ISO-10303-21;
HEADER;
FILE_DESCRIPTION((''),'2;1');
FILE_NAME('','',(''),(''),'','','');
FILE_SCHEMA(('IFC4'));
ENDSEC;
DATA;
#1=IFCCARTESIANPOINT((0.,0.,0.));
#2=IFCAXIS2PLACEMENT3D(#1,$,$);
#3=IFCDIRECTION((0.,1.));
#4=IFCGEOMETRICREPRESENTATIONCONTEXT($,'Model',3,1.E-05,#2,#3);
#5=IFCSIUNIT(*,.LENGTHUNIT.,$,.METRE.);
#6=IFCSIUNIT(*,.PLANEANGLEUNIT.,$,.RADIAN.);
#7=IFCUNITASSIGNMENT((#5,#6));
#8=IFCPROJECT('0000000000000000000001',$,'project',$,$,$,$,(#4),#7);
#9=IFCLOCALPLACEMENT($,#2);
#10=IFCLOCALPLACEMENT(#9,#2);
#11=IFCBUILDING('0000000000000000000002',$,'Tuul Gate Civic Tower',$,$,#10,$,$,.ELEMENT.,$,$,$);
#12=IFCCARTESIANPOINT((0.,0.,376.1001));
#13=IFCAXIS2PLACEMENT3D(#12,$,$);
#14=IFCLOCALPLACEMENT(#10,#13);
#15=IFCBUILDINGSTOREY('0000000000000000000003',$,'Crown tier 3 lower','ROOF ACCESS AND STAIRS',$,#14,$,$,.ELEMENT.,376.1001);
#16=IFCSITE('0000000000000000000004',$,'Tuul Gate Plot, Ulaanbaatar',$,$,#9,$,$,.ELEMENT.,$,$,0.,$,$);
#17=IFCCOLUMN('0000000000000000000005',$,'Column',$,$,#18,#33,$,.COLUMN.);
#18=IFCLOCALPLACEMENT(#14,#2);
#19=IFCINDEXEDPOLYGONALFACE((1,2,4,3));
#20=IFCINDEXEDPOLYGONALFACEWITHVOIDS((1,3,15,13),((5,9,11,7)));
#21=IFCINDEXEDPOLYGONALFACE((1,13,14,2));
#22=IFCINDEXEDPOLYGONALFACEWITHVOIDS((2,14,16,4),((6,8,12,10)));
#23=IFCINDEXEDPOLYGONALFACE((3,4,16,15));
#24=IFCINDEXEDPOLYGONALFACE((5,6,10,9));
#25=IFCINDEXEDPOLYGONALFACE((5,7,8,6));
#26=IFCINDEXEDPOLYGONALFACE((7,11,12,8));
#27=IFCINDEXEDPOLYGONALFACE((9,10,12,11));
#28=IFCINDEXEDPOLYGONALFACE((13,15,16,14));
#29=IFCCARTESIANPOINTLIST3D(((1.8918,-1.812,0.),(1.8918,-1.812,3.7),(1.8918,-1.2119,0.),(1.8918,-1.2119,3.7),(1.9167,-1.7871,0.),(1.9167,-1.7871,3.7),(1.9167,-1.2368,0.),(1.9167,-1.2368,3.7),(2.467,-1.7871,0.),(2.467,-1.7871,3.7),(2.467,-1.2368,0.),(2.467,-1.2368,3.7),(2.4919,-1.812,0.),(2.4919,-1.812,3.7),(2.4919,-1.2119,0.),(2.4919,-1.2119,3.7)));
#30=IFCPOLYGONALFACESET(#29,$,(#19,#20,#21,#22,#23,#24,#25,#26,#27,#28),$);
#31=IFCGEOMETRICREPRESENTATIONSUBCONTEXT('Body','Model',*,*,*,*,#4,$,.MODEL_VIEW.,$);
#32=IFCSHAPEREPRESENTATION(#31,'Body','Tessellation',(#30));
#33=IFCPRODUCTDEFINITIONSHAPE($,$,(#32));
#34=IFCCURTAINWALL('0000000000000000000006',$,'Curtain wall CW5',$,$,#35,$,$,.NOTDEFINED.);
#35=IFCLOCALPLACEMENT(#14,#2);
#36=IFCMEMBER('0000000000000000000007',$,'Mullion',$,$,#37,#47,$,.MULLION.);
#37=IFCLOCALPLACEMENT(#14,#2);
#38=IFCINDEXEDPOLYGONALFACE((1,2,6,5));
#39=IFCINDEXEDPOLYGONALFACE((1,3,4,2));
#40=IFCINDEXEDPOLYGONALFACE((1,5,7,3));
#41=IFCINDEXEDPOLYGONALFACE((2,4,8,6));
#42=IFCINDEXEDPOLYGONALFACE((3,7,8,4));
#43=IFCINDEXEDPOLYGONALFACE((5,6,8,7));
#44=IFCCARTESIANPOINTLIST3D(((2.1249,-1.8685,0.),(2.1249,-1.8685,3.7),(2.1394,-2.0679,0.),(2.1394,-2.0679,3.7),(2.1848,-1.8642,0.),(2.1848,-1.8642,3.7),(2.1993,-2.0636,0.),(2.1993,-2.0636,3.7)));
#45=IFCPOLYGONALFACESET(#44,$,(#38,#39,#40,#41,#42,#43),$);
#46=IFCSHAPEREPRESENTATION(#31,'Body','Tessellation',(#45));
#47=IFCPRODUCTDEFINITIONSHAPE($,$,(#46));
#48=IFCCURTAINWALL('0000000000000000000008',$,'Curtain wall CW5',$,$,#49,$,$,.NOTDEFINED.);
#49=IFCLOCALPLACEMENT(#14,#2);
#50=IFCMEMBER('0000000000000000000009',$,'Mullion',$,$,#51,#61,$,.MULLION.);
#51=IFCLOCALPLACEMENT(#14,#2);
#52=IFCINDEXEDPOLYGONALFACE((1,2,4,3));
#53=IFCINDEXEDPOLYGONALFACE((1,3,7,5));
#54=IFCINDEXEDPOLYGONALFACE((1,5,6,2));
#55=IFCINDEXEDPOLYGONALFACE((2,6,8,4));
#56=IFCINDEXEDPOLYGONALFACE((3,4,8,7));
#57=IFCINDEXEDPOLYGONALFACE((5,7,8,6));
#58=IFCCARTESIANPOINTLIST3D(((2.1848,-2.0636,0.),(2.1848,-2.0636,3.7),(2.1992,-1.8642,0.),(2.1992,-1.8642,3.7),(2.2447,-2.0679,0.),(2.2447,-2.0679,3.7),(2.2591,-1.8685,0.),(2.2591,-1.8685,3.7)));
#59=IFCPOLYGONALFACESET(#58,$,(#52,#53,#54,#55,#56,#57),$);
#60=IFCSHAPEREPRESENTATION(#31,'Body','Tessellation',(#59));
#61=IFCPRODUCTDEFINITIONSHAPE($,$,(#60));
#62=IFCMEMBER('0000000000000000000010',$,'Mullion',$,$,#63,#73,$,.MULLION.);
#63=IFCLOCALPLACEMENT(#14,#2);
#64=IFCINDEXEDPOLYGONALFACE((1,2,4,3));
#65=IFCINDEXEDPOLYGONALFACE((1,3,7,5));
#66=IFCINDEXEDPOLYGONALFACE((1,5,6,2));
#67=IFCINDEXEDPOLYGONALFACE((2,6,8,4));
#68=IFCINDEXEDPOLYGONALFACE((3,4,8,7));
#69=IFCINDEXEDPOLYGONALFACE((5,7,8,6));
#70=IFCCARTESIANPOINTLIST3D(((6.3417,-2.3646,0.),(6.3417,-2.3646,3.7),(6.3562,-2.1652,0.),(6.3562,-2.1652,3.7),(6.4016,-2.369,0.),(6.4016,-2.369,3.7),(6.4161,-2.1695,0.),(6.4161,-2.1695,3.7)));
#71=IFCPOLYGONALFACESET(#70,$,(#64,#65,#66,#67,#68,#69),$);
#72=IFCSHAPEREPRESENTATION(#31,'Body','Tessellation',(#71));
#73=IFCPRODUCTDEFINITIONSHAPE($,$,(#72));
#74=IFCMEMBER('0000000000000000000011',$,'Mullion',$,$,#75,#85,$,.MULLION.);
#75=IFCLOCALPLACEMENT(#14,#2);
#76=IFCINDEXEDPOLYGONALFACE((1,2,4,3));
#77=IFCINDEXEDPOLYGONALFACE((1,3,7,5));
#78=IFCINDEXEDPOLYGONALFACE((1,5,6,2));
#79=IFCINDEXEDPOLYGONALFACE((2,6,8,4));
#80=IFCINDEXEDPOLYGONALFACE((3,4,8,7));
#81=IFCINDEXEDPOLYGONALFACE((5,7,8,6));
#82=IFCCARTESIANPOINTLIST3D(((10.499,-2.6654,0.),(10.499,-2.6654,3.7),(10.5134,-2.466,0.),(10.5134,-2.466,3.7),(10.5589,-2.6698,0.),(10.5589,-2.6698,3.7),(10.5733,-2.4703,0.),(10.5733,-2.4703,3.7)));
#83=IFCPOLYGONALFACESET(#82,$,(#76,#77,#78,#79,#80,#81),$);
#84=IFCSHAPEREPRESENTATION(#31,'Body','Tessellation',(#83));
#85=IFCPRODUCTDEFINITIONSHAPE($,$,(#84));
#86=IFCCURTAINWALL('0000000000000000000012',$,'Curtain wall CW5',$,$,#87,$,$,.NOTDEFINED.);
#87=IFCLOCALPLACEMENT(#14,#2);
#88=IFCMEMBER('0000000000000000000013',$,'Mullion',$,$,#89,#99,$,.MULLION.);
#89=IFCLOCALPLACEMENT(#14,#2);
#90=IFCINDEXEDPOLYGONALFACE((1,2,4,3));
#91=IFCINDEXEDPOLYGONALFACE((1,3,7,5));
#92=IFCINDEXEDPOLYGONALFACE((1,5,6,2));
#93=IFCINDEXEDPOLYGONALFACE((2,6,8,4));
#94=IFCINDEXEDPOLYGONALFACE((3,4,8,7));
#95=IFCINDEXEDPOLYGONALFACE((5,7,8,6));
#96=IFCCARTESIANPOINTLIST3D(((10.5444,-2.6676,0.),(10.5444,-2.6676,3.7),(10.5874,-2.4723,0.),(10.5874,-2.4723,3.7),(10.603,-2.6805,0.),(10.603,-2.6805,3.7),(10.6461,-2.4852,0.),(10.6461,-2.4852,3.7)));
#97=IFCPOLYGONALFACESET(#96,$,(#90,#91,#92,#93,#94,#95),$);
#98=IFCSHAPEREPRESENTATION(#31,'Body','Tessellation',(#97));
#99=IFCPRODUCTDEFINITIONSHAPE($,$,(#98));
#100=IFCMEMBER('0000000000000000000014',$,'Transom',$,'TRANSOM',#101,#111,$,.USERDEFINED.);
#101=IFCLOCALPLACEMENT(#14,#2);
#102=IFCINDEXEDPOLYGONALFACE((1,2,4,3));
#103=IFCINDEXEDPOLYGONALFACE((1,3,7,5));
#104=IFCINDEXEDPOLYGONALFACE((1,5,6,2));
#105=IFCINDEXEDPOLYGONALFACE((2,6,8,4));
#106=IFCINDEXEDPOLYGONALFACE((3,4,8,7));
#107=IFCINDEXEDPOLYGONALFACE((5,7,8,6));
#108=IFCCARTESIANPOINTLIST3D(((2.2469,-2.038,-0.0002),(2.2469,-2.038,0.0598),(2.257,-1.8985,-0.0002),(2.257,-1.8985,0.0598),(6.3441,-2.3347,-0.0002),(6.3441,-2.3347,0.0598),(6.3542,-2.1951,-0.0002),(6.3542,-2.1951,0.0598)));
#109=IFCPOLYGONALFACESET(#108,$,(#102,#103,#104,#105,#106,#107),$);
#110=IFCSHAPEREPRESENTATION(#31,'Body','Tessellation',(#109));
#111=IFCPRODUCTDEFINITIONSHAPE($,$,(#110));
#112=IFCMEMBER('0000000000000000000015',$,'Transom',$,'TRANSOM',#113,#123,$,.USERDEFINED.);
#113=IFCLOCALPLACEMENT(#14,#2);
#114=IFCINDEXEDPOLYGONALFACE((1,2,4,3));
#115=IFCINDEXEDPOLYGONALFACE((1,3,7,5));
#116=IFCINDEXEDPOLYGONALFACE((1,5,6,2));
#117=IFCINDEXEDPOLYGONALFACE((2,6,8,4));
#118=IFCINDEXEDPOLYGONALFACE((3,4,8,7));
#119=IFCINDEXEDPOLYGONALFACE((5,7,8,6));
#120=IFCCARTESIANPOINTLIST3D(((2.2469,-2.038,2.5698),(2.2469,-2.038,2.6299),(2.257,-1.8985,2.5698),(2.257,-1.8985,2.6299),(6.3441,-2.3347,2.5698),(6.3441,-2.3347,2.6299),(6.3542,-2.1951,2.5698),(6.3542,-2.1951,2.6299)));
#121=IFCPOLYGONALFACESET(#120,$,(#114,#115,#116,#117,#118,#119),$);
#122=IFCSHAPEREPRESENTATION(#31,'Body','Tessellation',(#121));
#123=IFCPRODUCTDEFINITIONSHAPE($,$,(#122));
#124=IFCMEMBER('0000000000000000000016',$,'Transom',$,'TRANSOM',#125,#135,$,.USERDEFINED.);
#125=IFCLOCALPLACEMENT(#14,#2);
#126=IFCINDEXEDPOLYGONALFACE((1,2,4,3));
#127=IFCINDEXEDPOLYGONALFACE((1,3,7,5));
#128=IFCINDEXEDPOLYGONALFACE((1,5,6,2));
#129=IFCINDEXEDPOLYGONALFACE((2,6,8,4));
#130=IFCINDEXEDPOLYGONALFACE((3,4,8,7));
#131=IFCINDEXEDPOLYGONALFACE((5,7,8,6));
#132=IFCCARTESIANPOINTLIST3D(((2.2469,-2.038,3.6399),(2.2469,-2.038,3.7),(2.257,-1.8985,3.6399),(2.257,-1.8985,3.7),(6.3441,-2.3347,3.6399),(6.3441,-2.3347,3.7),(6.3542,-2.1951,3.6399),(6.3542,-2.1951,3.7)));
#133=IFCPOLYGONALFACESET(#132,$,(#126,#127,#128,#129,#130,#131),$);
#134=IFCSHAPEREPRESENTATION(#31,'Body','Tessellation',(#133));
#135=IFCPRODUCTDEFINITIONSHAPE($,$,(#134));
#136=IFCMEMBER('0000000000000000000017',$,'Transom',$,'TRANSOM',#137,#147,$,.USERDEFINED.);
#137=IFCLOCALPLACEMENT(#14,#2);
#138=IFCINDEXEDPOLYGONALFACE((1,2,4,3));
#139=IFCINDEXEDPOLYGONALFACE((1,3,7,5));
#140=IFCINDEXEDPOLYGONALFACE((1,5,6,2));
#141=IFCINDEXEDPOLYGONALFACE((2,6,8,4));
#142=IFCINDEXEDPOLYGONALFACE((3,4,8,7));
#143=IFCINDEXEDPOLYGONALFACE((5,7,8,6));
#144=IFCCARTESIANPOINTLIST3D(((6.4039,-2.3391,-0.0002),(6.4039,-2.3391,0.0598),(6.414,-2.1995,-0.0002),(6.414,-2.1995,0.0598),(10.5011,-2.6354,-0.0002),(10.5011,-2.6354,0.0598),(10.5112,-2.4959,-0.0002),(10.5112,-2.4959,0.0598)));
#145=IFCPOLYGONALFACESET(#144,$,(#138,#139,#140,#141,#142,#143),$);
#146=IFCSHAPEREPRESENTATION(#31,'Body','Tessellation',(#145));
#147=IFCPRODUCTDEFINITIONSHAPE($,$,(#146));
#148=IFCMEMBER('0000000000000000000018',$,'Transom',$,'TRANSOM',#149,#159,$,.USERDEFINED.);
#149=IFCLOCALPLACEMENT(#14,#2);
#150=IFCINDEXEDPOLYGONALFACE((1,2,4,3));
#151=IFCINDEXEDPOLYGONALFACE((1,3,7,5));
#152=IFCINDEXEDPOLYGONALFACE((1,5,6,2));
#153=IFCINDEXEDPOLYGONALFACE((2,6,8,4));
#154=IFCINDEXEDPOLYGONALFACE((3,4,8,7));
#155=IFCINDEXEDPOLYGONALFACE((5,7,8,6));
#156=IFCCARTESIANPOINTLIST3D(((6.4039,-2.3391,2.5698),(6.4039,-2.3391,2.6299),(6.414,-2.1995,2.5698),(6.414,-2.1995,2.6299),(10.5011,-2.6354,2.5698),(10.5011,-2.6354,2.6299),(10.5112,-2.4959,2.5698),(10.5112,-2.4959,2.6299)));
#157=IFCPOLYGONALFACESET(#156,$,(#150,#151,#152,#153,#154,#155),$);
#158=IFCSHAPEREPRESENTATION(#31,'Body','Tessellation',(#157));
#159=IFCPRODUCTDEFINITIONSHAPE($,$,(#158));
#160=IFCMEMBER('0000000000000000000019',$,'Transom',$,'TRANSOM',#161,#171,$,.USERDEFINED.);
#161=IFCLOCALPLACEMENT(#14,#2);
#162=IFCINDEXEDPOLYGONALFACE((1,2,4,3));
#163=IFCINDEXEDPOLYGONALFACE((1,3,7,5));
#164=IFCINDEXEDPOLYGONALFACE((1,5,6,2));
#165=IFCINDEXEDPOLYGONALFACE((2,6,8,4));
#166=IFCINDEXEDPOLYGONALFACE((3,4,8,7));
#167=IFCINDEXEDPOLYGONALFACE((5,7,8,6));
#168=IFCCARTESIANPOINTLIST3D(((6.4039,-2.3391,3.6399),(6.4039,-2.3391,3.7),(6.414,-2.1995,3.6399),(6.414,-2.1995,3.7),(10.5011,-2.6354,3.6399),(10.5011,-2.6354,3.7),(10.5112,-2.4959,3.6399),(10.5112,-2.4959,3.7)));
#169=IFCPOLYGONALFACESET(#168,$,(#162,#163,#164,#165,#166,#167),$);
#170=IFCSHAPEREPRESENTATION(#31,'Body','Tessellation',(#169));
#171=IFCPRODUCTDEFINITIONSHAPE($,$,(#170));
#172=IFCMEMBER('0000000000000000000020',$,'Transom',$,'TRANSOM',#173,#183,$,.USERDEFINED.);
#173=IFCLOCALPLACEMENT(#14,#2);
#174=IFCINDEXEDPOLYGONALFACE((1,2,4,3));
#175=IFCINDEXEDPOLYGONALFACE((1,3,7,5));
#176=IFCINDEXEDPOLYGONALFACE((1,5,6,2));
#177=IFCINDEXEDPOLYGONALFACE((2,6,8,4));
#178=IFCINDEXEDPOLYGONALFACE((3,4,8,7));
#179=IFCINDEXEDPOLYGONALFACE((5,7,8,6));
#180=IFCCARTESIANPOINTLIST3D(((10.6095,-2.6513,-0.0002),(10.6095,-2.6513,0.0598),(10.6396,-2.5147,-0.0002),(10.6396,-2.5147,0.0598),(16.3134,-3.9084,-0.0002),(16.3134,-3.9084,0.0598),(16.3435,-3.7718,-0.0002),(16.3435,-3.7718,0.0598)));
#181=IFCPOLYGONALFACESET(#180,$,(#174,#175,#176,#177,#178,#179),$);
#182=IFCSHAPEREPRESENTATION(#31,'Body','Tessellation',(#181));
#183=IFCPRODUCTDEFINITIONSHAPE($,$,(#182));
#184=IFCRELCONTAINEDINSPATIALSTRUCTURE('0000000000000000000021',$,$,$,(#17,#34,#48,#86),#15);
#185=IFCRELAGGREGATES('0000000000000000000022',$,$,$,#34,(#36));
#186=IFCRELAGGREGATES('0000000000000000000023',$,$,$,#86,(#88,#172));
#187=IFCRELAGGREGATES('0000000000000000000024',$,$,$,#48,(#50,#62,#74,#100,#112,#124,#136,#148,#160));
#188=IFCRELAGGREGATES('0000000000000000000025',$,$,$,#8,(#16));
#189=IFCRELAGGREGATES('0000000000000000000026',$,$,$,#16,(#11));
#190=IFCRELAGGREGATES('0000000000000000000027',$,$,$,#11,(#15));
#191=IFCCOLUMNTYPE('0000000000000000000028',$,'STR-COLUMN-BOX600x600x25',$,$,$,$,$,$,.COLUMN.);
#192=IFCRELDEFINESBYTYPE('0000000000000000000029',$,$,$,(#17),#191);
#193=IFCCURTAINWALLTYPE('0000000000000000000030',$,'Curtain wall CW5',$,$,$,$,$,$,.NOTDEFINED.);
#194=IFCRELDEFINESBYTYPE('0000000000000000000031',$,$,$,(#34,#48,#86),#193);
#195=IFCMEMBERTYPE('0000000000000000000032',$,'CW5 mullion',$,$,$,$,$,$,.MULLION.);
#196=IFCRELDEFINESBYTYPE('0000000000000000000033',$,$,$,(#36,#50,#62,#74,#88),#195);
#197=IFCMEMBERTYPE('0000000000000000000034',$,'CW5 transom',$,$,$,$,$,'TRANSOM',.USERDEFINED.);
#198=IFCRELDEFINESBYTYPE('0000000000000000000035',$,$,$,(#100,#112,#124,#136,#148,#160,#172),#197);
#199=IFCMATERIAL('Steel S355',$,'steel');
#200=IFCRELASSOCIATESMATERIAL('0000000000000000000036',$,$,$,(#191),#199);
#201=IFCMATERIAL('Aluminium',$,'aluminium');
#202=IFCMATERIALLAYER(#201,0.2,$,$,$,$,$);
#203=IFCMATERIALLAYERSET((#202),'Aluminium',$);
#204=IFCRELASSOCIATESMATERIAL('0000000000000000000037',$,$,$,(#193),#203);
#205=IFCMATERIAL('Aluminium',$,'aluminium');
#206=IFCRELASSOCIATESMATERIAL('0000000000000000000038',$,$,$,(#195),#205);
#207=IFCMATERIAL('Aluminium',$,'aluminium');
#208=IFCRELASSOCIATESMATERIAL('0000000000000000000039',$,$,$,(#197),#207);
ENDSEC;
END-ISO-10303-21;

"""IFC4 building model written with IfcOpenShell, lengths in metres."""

from ifc_helpers import new_model, si_unit, direction, frame, origin, origin_2d, place, context, subcontext, project, spatial, rectangle, hollow_rectangle, extrude, material, layer, layer_set, material_profile, profile_set, type_object, element, aggregate, save


model = new_model("IFC4")

# Units and contexts
model_context = context("Model", 3, precision=1e-05, world=origin(), true_north=direction((0.0, 1.0)))
body_context = subcontext(model_context, "Body", "Model", "MODEL_VIEW")
ifc_project = project(units=[si_unit("LENGTHUNIT", "METRE"), si_unit("PLANEANGLEUNIT", "RADIAN")], contexts=[model_context])

# Site, building, storey
site_placement = place(None, origin())
site = spatial("IfcSite", under=ifc_project, at=site_placement, Name="Tuul Gate Plot, Ulaanbaatar", CompositionType="ELEMENT", RefElevation=0.0)
building_placement = place(site_placement, origin())
building = spatial("IfcBuilding", under=site, at=building_placement, Name="Tuul Gate Civic Tower", CompositionType="ELEMENT")
storey_placement = place(building_placement, frame((0.0, 0.0, 376.1001)))
storey = spatial("IfcBuildingStorey", under=building, at=storey_placement, Name="Crown tier 3 lower", Description="ROOF ACCESS AND STAIRS", CompositionType="ELEMENT", Elevation=376.1001)

# Column
ifc_material_1 = material(Name="Steel S355", Category="steel")
ifc_material_profile_1 = material_profile(ifc_material_1, hollow_rectangle(XDim=0.6001, YDim=0.6001, WallThickness=0.0249, at=origin_2d()), Name="BOX600x600x25")
ifc_profile_set_1 = profile_set([ifc_material_profile_1], Name="Steel S355")
column_type = type_object("IfcColumnType", Name="STR-COLUMN-BOX600x600x25", PredefinedType="COLUMN", material=ifc_profile_set_1)
column_placement = place(storey_placement, frame((2.1919, -1.512, 0.0), z_axis=(0.0, 0.0, 1.0), x_axis=(1.0, 0.0, 0.0)))
element("IfcColumn", 1, at=column_placement, inside=storey, type_object=column_type, Name="Column", PredefinedType="COLUMN", context=body_context, shape_type="SweptSolid", body=[
    extrude(hollow_rectangle(XDim=0.6001, YDim=0.6001, WallThickness=0.0249, at=origin_2d()), origin(), (0.0, 0.0, 1.0), 3.7),
])

# Curtain wall, member
ifc_material_2 = material(Name="Aluminium", Category="aluminium")
ifc_layer_1 = layer(ifc_material_2, 0.2)
ifc_layer_set_1 = layer_set([ifc_layer_1], Name="Aluminium")
curtain_wall_type = type_object("IfcCurtainWallType", Name="Curtain wall CW5", PredefinedType="NOTDEFINED", material=ifc_layer_set_1)
curtain_wall_1_placement = place(storey_placement, origin())
curtain_wall_1 = element("IfcCurtainWall", 2, at=curtain_wall_1_placement, inside=storey, type_object=curtain_wall_type, Name="Curtain wall CW5", PredefinedType="NOTDEFINED")
ifc_material_3 = material(Name="Aluminium", Category="aluminium")
ifc_material_profile_2 = material_profile(ifc_material_3, rectangle(XDim=0.2, YDim=0.0601, at=origin_2d()), Name="CW5 mullion")
ifc_profile_set_2 = profile_set([ifc_material_profile_2], Name="Aluminium")
member_type_1 = type_object("IfcMemberType", Name="CW5 mullion", PredefinedType="MULLION", material=ifc_profile_set_2)
member_1_placement = place(storey_placement, frame((2.1621, -1.9661, 0.0), z_axis=(0.0, 0.0, 1.0), x_axis=(-0.072178, 0.997392, 0.0)))
member_1 = element("IfcMember", 3, at=member_1_placement, type_object=member_type_1, Name="Mullion", PredefinedType="MULLION", context=body_context, shape_type="SweptSolid", body=[
    extrude(rectangle(XDim=0.2, YDim=0.0601, at=origin_2d()), origin(), (0.0, 0.0, 1.0), 3.7),
])
aggregate(curtain_wall_1, [member_1])

# Curtain wall, members
curtain_wall_2_placement = place(storey_placement, origin())
curtain_wall_2 = element("IfcCurtainWall", 4, at=curtain_wall_2_placement, inside=storey, type_object=curtain_wall_type, Name="Curtain wall CW5", PredefinedType="NOTDEFINED")
member_2_placement = place(storey_placement, frame((2.2219, -1.9661, 0.0), z_axis=(0.0, 0.0, 1.0), x_axis=(0.072178, 0.997392, 0.0)))
member_2 = element("IfcMember", 5, at=member_2_placement, type_object=member_type_1, Name="Mullion", PredefinedType="MULLION", context=body_context, shape_type="SweptSolid", body=[
    extrude(rectangle(XDim=0.2, YDim=0.0601, at=origin_2d()), origin(), (0.0, 0.0, 1.0), 3.7),
])
member_3_placement = place(storey_placement, frame((6.3789, -2.2671, 0.0), z_axis=(0.0, 0.0, 1.0), x_axis=(0.072178, 0.997392, 0.0)))
member_3 = element("IfcMember", 6, at=member_3_placement, type_object=member_type_1, Name="Mullion", PredefinedType="MULLION", context=body_context, shape_type="SweptSolid", body=[
    extrude(rectangle(XDim=0.2, YDim=0.0601, at=origin_2d()), origin(), (0.0, 0.0, 1.0), 3.7),
])
member_4_placement = place(storey_placement, frame((10.5361, -2.5679, 0.0), z_axis=(0.0, 0.0, 1.0), x_axis=(0.072178, 0.997392, 0.0)))
member_4 = element("IfcMember", 7, at=member_4_placement, type_object=member_type_1, Name="Mullion", PredefinedType="MULLION", context=body_context, shape_type="SweptSolid", body=[
    extrude(rectangle(XDim=0.2, YDim=0.0601, at=origin_2d()), origin(), (0.0, 0.0, 1.0), 3.7),
])

# Curtain wall, member
curtain_wall_3_placement = place(storey_placement, origin())
curtain_wall_3 = element("IfcCurtainWall", 8, at=curtain_wall_3_placement, inside=storey, type_object=curtain_wall_type, Name="Curtain wall CW5", PredefinedType="NOTDEFINED")
member_5_placement = place(storey_placement, frame((10.5952, -2.5764, 0.0), z_axis=(0.0, 0.0, 1.0), x_axis=(0.215243, 0.976561, 0.0)))
member_5 = element("IfcMember", 9, at=member_5_placement, type_object=member_type_1, Name="Mullion", PredefinedType="MULLION", context=body_context, shape_type="SweptSolid", body=[
    extrude(rectangle(XDim=0.2, YDim=0.0601, at=origin_2d()), origin(), (0.0, 0.0, 1.0), 3.7),
])

# Members
ifc_material_4 = material(Name="Aluminium", Category="aluminium")
ifc_material_profile_3 = material_profile(ifc_material_4, rectangle(XDim=0.1399, YDim=0.0601, at=origin_2d()), Name="CW5 transom")
ifc_profile_set_3 = profile_set([ifc_material_profile_3], Name="Aluminium")
member_type_2 = type_object("IfcMemberType", Name="CW5 transom", ElementType="TRANSOM", PredefinedType="USERDEFINED", material=ifc_profile_set_3)
member_6_placement = place(storey_placement, frame((2.252, -1.9683, 0.0298), z_axis=(0.997389, -0.07221, 0.0), x_axis=(0.07221, 0.997389, 0.0)))
member_6 = element("IfcMember", 10, at=member_6_placement, type_object=member_type_2, Name="Transom", ObjectType="TRANSOM", PredefinedType="USERDEFINED", context=body_context, shape_type="SweptSolid", body=[
    extrude(rectangle(XDim=0.1399, YDim=0.0601, at=origin_2d()), origin(), (0.0, 0.0, 1.0), 4.1079),
])
member_7_placement = place(storey_placement, frame((2.252, -1.9683, 2.5999), z_axis=(0.997389, -0.07221, 0.0), x_axis=(0.07221, 0.997389, 0.0)))
member_7 = element("IfcMember", 11, at=member_7_placement, type_object=member_type_2, Name="Transom", ObjectType="TRANSOM", PredefinedType="USERDEFINED", context=body_context, shape_type="SweptSolid", body=[
    extrude(rectangle(XDim=0.1399, YDim=0.0601, at=origin_2d()), origin(), (0.0, 0.0, 1.0), 4.1079),
])
member_8_placement = place(storey_placement, frame((2.252, -1.9683, 3.6699), z_axis=(0.997389, -0.07221, 0.0), x_axis=(0.07221, 0.997389, 0.0)))
member_8 = element("IfcMember", 12, at=member_8_placement, type_object=member_type_2, Name="Transom", ObjectType="TRANSOM", PredefinedType="USERDEFINED", context=body_context, shape_type="SweptSolid", body=[
    extrude(rectangle(XDim=0.1399, YDim=0.0601, at=origin_2d()), origin(), (0.0, 0.0, 1.0), 4.1079),
])
member_9_placement = place(storey_placement, frame((6.4089, -2.2693, 0.0298), z_axis=(0.997394, -0.072151, 0.0), x_axis=(0.072151, 0.997394, 0.0)))
member_9 = element("IfcMember", 13, at=member_9_placement, type_object=member_type_2, Name="Transom", ObjectType="TRANSOM", PredefinedType="USERDEFINED", context=body_context, shape_type="SweptSolid", body=[
    extrude(rectangle(XDim=0.1399, YDim=0.0601, at=origin_2d()), origin(), (0.0, 0.0, 1.0), 4.1079),
])
member_10_placement = place(storey_placement, frame((6.4089, -2.2693, 2.5999), z_axis=(0.997394, -0.072151, 0.0), x_axis=(0.072151, 0.997394, 0.0)))
member_10 = element("IfcMember", 14, at=member_10_placement, type_object=member_type_2, Name="Transom", ObjectType="TRANSOM", PredefinedType="USERDEFINED", context=body_context, shape_type="SweptSolid", body=[
    extrude(rectangle(XDim=0.1399, YDim=0.0601, at=origin_2d()), origin(), (0.0, 0.0, 1.0), 4.1079),
])
member_11_placement = place(storey_placement, frame((6.4089, -2.2693, 3.6699), z_axis=(0.997394, -0.072151, 0.0), x_axis=(0.072151, 0.997394, 0.0)))
member_11 = element("IfcMember", 15, at=member_11_placement, type_object=member_type_2, Name="Transom", ObjectType="TRANSOM", PredefinedType="USERDEFINED", context=body_context, shape_type="SweptSolid", body=[
    extrude(rectangle(XDim=0.1399, YDim=0.0601, at=origin_2d()), origin(), (0.0, 0.0, 1.0), 4.1079),
])
member_12_placement = place(storey_placement, frame((10.6245, -2.583, 0.0298), z_axis=(0.976564, -0.215226, 0.0), x_axis=(0.215226, 0.976564, 0.0)))
member_12 = element("IfcMember", 16, at=member_12_placement, type_object=member_type_2, Name="Transom", ObjectType="TRANSOM", PredefinedType="USERDEFINED", context=body_context, shape_type="SweptSolid", body=[
    extrude(rectangle(XDim=0.1399, YDim=0.0601, at=origin_2d()), origin(), (0.0, 0.0, 1.0), 5.8408),
])
aggregate(curtain_wall_3, [member_5, member_12])

aggregate(curtain_wall_2, [member_2, member_3, member_4, member_6, member_7, member_8, member_9, member_10, member_11])

save(model, "model.ifc")
